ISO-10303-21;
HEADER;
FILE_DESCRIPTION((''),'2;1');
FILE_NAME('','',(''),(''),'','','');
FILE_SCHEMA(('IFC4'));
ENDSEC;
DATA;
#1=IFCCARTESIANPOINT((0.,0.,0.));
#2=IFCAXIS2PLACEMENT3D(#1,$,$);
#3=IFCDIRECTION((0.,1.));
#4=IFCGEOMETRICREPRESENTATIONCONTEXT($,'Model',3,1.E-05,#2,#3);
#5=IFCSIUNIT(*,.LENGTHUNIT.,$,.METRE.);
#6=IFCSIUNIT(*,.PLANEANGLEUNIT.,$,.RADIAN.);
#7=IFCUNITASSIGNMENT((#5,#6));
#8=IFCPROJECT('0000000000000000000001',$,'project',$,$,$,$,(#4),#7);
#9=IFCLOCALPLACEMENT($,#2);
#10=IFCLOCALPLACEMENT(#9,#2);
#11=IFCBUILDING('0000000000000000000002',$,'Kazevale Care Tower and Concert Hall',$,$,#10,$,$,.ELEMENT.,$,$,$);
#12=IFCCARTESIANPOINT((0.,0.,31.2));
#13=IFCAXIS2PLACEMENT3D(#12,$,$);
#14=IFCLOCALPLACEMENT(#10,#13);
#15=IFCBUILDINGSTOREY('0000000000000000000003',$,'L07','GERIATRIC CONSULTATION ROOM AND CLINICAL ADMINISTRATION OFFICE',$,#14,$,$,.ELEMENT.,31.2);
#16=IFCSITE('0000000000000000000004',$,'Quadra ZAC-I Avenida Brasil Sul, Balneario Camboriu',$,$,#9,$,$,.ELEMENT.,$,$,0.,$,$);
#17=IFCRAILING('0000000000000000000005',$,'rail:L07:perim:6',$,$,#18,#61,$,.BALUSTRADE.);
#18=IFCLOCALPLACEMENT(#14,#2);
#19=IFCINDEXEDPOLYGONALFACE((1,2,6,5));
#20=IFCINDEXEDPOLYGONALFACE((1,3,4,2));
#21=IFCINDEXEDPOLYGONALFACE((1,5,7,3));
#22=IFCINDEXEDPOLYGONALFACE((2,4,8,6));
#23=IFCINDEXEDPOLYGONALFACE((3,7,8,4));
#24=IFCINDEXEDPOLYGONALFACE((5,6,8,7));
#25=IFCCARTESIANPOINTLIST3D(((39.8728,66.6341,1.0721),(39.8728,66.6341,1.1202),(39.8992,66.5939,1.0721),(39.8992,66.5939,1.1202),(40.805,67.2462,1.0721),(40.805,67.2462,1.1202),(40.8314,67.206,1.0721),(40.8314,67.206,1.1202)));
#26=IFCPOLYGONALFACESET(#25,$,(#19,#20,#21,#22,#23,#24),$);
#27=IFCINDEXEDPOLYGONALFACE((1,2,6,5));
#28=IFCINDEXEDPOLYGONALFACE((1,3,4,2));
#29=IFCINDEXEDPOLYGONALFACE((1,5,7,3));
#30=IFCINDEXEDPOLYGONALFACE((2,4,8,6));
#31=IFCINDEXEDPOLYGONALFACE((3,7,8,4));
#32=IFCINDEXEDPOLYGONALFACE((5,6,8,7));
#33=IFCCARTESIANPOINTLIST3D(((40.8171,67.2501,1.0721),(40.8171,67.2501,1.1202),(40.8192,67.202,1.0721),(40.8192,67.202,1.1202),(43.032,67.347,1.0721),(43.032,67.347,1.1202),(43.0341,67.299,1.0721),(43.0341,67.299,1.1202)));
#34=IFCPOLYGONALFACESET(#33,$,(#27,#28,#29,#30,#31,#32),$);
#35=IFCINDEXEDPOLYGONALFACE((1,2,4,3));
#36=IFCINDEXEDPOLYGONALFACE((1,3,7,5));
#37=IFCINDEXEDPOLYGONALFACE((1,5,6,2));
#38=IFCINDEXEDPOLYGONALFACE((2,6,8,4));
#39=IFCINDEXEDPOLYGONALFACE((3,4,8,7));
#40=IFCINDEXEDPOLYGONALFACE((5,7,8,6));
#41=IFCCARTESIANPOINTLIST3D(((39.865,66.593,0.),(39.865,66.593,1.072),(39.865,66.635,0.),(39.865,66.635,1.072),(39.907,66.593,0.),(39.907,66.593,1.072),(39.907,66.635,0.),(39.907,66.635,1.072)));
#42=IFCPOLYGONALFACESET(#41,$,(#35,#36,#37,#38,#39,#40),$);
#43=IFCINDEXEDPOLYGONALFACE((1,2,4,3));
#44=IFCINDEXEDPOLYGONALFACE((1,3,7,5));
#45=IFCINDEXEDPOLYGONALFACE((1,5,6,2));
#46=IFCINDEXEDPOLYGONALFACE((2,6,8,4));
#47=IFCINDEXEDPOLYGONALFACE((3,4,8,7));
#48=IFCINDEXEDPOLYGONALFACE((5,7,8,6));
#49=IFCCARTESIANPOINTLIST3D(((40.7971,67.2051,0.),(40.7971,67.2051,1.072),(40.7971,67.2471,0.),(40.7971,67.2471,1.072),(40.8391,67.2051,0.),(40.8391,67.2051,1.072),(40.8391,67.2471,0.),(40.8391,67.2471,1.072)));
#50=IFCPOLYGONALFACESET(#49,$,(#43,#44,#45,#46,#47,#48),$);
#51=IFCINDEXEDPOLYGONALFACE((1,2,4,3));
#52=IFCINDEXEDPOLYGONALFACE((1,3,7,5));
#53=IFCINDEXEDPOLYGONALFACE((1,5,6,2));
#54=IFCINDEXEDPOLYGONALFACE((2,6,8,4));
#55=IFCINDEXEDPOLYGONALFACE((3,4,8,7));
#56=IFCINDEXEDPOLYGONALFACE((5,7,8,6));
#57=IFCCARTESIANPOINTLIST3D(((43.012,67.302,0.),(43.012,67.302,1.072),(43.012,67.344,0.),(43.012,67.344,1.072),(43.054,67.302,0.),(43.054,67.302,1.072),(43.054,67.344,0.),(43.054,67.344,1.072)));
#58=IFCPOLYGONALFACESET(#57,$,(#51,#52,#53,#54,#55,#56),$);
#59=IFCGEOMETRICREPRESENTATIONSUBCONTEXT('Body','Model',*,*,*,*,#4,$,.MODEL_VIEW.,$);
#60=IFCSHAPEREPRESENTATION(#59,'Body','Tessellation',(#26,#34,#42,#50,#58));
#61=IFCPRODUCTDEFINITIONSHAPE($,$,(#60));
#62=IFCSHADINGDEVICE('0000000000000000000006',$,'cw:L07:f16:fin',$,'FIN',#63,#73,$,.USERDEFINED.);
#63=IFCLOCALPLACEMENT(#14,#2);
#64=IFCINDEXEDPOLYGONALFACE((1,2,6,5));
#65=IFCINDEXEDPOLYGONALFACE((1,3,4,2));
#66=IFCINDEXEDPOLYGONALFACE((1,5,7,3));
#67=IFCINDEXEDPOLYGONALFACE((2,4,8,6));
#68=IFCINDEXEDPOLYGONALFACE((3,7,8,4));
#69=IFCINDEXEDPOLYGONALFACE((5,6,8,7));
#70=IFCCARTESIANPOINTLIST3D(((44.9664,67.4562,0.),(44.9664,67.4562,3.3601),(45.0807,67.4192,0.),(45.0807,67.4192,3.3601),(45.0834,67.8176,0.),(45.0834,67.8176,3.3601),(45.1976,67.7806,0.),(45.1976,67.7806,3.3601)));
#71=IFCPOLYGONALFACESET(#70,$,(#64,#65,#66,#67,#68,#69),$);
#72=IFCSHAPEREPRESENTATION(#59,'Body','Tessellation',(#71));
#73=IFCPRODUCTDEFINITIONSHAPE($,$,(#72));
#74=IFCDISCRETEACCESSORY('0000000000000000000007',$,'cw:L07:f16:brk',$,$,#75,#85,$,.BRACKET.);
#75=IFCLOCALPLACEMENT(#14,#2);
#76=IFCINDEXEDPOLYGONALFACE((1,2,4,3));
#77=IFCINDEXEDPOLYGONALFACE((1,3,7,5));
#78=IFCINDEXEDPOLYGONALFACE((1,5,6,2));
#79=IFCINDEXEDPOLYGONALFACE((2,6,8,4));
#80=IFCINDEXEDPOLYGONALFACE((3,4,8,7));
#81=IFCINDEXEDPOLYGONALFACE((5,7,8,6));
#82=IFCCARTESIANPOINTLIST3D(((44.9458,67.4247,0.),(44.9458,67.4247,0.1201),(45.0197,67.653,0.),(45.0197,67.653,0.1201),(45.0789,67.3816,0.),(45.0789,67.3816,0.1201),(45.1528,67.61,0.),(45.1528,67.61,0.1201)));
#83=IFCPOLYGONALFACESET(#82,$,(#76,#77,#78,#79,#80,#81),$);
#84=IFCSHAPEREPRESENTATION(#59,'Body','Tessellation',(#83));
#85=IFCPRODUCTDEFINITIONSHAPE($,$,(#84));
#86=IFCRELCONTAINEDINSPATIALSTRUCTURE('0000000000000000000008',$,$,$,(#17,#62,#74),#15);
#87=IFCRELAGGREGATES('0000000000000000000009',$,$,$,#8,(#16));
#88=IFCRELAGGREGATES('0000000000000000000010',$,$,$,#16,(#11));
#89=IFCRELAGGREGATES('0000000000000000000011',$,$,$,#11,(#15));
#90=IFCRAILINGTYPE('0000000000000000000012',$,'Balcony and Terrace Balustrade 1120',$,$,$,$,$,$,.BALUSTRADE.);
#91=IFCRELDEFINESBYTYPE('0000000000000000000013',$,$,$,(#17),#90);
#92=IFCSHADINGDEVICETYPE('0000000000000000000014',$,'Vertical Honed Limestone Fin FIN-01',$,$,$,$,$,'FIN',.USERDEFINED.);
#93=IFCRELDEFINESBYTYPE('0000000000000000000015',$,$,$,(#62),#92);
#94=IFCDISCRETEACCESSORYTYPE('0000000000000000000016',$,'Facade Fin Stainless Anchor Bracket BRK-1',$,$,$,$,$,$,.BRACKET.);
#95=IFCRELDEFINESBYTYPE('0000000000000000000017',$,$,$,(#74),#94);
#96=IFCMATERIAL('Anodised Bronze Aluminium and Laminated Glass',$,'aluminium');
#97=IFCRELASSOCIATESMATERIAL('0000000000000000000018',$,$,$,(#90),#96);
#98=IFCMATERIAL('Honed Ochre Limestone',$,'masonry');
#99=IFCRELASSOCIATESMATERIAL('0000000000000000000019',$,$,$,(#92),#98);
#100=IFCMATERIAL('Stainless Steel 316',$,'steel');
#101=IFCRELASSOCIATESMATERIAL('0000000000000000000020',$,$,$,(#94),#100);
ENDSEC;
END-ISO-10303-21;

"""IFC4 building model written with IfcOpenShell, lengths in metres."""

from ifc_helpers import new_model, si_unit, direction, frame, origin, origin_2d, place, context, subcontext, project, spatial, rectangle, extrude, material, type_object, element, save


model = new_model("IFC4")

# Units and contexts
model_context = context("Model", 3, precision=1e-05, world=origin(), true_north=direction((0.0, 1.0)))
body_context = subcontext(model_context, "Body", "Model", "MODEL_VIEW")
ifc_project = project(units=[si_unit("LENGTHUNIT", "METRE"), si_unit("PLANEANGLEUNIT", "RADIAN")], contexts=[model_context])

# Site, building, storey
site_placement = place(None, origin())
site = spatial("IfcSite", under=ifc_project, at=site_placement, Name="Quadra ZAC-I Avenida Brasil Sul, Balneario Camboriu", CompositionType="ELEMENT", RefElevation=0.0)
building_placement = place(site_placement, origin())
building = spatial("IfcBuilding", under=site, at=building_placement, Name="Kazevale Care Tower and Concert Hall", CompositionType="ELEMENT")
storey_placement = place(building_placement, frame((0.0, 0.0, 31.2)))
storey = spatial("IfcBuildingStorey", under=building, at=storey_placement, Name="L07", Description="GERIATRIC CONSULTATION ROOM AND CLINICAL ADMINISTRATION OFFICE", CompositionType="ELEMENT", Elevation=31.2)

# Railing
ifc_material_1 = material(Name="Anodised Bronze Aluminium and Laminated Glass", Category="aluminium")
railing_type = type_object("IfcRailingType", Name="Balcony and Terrace Balustrade 1120", PredefinedType="BALUSTRADE", material=ifc_material_1)
railing_placement = place(storey_placement, frame((39.886, 66.614, 0.0)))
element("IfcRailing", 1, at=railing_placement, inside=storey, type_object=railing_type, Name="rail:L07:perim:6", PredefinedType="BALUSTRADE", context=body_context, shape_type="SweptSolid", body=[
    extrude(rectangle(XDim=0.0481, YDim=0.0481, at=origin_2d()), frame((0.0, 0.0, 1.0962), z_axis=(0.835904, 0.548876, 0.0), x_axis=(-0.548876, 0.835904, 0.0)), (0.0, 0.0, 1.0), 1.1152),
    extrude(rectangle(XDim=0.0481, YDim=0.0481, at=origin_2d()), frame((0.9321, 0.6121, 1.0962), z_axis=(0.999044, 0.043719, 0.0), x_axis=(-0.043719, 0.999044, 0.0)), (0.0, 0.0, 1.0), 2.217),
    extrude(rectangle(XDim=0.042, YDim=0.042, at=origin_2d()), origin(), (0.0, 0.0, 1.0), 1.072),
    extrude(rectangle(XDim=0.042, YDim=0.042, at=origin_2d()), frame((0.9321, 0.6121, 0.0)), (0.0, 0.0, 1.0), 1.072),
    extrude(rectangle(XDim=0.042, YDim=0.042, at=origin_2d()), frame((3.147, 0.709, 0.0)), (0.0, 0.0, 1.0), 1.072),
])

# Shading device
ifc_material_2 = material(Name="Honed Ochre Limestone", Category="masonry")
shading_device_type = type_object("IfcShadingDeviceType", Name="Vertical Honed Limestone Fin FIN-01", ElementType="FIN", PredefinedType="USERDEFINED", material=ifc_material_2)
shading_device_placement = place(storey_placement, frame((45.082, 67.6184, 0.0), z_axis=(0.0, 0.0, 1.0), x_axis=(0.307855, 0.951433, 0.0)))
element("IfcShadingDevice", 2, at=shading_device_placement, inside=storey, type_object=shading_device_type, Name="cw:L07:f16:fin", ObjectType="FIN", PredefinedType="USERDEFINED", context=body_context, shape_type="SweptSolid", body=[
    extrude(rectangle(XDim=0.3799, YDim=0.1201, at=origin_2d()), origin(), (0.0, 0.0, 1.0), 3.3601),
])

# Discrete accessory
ifc_material_3 = material(Name="Stainless Steel 316", Category="steel")
discrete_accessory_type = type_object("IfcDiscreteAccessoryType", Name="Facade Fin Stainless Anchor Bracket BRK-1", PredefinedType="BRACKET", material=ifc_material_3)
discrete_accessory_placement = place(storey_placement, frame((45.0493, 67.5173, 0.0), z_axis=(0.0, 0.0, 1.0), x_axis=(0.307855, 0.951433, 0.0)))
element("IfcDiscreteAccessory", 3, at=discrete_accessory_placement, inside=storey, type_object=discrete_accessory_type, Name="cw:L07:f16:brk", PredefinedType="BRACKET", context=body_context, shape_type="SweptSolid", body=[
    extrude(rectangle(XDim=0.24, YDim=0.1399, at=origin_2d()), origin(), (0.0, 0.0, 1.0), 0.1201),
])

save(model, "model.ifc")
